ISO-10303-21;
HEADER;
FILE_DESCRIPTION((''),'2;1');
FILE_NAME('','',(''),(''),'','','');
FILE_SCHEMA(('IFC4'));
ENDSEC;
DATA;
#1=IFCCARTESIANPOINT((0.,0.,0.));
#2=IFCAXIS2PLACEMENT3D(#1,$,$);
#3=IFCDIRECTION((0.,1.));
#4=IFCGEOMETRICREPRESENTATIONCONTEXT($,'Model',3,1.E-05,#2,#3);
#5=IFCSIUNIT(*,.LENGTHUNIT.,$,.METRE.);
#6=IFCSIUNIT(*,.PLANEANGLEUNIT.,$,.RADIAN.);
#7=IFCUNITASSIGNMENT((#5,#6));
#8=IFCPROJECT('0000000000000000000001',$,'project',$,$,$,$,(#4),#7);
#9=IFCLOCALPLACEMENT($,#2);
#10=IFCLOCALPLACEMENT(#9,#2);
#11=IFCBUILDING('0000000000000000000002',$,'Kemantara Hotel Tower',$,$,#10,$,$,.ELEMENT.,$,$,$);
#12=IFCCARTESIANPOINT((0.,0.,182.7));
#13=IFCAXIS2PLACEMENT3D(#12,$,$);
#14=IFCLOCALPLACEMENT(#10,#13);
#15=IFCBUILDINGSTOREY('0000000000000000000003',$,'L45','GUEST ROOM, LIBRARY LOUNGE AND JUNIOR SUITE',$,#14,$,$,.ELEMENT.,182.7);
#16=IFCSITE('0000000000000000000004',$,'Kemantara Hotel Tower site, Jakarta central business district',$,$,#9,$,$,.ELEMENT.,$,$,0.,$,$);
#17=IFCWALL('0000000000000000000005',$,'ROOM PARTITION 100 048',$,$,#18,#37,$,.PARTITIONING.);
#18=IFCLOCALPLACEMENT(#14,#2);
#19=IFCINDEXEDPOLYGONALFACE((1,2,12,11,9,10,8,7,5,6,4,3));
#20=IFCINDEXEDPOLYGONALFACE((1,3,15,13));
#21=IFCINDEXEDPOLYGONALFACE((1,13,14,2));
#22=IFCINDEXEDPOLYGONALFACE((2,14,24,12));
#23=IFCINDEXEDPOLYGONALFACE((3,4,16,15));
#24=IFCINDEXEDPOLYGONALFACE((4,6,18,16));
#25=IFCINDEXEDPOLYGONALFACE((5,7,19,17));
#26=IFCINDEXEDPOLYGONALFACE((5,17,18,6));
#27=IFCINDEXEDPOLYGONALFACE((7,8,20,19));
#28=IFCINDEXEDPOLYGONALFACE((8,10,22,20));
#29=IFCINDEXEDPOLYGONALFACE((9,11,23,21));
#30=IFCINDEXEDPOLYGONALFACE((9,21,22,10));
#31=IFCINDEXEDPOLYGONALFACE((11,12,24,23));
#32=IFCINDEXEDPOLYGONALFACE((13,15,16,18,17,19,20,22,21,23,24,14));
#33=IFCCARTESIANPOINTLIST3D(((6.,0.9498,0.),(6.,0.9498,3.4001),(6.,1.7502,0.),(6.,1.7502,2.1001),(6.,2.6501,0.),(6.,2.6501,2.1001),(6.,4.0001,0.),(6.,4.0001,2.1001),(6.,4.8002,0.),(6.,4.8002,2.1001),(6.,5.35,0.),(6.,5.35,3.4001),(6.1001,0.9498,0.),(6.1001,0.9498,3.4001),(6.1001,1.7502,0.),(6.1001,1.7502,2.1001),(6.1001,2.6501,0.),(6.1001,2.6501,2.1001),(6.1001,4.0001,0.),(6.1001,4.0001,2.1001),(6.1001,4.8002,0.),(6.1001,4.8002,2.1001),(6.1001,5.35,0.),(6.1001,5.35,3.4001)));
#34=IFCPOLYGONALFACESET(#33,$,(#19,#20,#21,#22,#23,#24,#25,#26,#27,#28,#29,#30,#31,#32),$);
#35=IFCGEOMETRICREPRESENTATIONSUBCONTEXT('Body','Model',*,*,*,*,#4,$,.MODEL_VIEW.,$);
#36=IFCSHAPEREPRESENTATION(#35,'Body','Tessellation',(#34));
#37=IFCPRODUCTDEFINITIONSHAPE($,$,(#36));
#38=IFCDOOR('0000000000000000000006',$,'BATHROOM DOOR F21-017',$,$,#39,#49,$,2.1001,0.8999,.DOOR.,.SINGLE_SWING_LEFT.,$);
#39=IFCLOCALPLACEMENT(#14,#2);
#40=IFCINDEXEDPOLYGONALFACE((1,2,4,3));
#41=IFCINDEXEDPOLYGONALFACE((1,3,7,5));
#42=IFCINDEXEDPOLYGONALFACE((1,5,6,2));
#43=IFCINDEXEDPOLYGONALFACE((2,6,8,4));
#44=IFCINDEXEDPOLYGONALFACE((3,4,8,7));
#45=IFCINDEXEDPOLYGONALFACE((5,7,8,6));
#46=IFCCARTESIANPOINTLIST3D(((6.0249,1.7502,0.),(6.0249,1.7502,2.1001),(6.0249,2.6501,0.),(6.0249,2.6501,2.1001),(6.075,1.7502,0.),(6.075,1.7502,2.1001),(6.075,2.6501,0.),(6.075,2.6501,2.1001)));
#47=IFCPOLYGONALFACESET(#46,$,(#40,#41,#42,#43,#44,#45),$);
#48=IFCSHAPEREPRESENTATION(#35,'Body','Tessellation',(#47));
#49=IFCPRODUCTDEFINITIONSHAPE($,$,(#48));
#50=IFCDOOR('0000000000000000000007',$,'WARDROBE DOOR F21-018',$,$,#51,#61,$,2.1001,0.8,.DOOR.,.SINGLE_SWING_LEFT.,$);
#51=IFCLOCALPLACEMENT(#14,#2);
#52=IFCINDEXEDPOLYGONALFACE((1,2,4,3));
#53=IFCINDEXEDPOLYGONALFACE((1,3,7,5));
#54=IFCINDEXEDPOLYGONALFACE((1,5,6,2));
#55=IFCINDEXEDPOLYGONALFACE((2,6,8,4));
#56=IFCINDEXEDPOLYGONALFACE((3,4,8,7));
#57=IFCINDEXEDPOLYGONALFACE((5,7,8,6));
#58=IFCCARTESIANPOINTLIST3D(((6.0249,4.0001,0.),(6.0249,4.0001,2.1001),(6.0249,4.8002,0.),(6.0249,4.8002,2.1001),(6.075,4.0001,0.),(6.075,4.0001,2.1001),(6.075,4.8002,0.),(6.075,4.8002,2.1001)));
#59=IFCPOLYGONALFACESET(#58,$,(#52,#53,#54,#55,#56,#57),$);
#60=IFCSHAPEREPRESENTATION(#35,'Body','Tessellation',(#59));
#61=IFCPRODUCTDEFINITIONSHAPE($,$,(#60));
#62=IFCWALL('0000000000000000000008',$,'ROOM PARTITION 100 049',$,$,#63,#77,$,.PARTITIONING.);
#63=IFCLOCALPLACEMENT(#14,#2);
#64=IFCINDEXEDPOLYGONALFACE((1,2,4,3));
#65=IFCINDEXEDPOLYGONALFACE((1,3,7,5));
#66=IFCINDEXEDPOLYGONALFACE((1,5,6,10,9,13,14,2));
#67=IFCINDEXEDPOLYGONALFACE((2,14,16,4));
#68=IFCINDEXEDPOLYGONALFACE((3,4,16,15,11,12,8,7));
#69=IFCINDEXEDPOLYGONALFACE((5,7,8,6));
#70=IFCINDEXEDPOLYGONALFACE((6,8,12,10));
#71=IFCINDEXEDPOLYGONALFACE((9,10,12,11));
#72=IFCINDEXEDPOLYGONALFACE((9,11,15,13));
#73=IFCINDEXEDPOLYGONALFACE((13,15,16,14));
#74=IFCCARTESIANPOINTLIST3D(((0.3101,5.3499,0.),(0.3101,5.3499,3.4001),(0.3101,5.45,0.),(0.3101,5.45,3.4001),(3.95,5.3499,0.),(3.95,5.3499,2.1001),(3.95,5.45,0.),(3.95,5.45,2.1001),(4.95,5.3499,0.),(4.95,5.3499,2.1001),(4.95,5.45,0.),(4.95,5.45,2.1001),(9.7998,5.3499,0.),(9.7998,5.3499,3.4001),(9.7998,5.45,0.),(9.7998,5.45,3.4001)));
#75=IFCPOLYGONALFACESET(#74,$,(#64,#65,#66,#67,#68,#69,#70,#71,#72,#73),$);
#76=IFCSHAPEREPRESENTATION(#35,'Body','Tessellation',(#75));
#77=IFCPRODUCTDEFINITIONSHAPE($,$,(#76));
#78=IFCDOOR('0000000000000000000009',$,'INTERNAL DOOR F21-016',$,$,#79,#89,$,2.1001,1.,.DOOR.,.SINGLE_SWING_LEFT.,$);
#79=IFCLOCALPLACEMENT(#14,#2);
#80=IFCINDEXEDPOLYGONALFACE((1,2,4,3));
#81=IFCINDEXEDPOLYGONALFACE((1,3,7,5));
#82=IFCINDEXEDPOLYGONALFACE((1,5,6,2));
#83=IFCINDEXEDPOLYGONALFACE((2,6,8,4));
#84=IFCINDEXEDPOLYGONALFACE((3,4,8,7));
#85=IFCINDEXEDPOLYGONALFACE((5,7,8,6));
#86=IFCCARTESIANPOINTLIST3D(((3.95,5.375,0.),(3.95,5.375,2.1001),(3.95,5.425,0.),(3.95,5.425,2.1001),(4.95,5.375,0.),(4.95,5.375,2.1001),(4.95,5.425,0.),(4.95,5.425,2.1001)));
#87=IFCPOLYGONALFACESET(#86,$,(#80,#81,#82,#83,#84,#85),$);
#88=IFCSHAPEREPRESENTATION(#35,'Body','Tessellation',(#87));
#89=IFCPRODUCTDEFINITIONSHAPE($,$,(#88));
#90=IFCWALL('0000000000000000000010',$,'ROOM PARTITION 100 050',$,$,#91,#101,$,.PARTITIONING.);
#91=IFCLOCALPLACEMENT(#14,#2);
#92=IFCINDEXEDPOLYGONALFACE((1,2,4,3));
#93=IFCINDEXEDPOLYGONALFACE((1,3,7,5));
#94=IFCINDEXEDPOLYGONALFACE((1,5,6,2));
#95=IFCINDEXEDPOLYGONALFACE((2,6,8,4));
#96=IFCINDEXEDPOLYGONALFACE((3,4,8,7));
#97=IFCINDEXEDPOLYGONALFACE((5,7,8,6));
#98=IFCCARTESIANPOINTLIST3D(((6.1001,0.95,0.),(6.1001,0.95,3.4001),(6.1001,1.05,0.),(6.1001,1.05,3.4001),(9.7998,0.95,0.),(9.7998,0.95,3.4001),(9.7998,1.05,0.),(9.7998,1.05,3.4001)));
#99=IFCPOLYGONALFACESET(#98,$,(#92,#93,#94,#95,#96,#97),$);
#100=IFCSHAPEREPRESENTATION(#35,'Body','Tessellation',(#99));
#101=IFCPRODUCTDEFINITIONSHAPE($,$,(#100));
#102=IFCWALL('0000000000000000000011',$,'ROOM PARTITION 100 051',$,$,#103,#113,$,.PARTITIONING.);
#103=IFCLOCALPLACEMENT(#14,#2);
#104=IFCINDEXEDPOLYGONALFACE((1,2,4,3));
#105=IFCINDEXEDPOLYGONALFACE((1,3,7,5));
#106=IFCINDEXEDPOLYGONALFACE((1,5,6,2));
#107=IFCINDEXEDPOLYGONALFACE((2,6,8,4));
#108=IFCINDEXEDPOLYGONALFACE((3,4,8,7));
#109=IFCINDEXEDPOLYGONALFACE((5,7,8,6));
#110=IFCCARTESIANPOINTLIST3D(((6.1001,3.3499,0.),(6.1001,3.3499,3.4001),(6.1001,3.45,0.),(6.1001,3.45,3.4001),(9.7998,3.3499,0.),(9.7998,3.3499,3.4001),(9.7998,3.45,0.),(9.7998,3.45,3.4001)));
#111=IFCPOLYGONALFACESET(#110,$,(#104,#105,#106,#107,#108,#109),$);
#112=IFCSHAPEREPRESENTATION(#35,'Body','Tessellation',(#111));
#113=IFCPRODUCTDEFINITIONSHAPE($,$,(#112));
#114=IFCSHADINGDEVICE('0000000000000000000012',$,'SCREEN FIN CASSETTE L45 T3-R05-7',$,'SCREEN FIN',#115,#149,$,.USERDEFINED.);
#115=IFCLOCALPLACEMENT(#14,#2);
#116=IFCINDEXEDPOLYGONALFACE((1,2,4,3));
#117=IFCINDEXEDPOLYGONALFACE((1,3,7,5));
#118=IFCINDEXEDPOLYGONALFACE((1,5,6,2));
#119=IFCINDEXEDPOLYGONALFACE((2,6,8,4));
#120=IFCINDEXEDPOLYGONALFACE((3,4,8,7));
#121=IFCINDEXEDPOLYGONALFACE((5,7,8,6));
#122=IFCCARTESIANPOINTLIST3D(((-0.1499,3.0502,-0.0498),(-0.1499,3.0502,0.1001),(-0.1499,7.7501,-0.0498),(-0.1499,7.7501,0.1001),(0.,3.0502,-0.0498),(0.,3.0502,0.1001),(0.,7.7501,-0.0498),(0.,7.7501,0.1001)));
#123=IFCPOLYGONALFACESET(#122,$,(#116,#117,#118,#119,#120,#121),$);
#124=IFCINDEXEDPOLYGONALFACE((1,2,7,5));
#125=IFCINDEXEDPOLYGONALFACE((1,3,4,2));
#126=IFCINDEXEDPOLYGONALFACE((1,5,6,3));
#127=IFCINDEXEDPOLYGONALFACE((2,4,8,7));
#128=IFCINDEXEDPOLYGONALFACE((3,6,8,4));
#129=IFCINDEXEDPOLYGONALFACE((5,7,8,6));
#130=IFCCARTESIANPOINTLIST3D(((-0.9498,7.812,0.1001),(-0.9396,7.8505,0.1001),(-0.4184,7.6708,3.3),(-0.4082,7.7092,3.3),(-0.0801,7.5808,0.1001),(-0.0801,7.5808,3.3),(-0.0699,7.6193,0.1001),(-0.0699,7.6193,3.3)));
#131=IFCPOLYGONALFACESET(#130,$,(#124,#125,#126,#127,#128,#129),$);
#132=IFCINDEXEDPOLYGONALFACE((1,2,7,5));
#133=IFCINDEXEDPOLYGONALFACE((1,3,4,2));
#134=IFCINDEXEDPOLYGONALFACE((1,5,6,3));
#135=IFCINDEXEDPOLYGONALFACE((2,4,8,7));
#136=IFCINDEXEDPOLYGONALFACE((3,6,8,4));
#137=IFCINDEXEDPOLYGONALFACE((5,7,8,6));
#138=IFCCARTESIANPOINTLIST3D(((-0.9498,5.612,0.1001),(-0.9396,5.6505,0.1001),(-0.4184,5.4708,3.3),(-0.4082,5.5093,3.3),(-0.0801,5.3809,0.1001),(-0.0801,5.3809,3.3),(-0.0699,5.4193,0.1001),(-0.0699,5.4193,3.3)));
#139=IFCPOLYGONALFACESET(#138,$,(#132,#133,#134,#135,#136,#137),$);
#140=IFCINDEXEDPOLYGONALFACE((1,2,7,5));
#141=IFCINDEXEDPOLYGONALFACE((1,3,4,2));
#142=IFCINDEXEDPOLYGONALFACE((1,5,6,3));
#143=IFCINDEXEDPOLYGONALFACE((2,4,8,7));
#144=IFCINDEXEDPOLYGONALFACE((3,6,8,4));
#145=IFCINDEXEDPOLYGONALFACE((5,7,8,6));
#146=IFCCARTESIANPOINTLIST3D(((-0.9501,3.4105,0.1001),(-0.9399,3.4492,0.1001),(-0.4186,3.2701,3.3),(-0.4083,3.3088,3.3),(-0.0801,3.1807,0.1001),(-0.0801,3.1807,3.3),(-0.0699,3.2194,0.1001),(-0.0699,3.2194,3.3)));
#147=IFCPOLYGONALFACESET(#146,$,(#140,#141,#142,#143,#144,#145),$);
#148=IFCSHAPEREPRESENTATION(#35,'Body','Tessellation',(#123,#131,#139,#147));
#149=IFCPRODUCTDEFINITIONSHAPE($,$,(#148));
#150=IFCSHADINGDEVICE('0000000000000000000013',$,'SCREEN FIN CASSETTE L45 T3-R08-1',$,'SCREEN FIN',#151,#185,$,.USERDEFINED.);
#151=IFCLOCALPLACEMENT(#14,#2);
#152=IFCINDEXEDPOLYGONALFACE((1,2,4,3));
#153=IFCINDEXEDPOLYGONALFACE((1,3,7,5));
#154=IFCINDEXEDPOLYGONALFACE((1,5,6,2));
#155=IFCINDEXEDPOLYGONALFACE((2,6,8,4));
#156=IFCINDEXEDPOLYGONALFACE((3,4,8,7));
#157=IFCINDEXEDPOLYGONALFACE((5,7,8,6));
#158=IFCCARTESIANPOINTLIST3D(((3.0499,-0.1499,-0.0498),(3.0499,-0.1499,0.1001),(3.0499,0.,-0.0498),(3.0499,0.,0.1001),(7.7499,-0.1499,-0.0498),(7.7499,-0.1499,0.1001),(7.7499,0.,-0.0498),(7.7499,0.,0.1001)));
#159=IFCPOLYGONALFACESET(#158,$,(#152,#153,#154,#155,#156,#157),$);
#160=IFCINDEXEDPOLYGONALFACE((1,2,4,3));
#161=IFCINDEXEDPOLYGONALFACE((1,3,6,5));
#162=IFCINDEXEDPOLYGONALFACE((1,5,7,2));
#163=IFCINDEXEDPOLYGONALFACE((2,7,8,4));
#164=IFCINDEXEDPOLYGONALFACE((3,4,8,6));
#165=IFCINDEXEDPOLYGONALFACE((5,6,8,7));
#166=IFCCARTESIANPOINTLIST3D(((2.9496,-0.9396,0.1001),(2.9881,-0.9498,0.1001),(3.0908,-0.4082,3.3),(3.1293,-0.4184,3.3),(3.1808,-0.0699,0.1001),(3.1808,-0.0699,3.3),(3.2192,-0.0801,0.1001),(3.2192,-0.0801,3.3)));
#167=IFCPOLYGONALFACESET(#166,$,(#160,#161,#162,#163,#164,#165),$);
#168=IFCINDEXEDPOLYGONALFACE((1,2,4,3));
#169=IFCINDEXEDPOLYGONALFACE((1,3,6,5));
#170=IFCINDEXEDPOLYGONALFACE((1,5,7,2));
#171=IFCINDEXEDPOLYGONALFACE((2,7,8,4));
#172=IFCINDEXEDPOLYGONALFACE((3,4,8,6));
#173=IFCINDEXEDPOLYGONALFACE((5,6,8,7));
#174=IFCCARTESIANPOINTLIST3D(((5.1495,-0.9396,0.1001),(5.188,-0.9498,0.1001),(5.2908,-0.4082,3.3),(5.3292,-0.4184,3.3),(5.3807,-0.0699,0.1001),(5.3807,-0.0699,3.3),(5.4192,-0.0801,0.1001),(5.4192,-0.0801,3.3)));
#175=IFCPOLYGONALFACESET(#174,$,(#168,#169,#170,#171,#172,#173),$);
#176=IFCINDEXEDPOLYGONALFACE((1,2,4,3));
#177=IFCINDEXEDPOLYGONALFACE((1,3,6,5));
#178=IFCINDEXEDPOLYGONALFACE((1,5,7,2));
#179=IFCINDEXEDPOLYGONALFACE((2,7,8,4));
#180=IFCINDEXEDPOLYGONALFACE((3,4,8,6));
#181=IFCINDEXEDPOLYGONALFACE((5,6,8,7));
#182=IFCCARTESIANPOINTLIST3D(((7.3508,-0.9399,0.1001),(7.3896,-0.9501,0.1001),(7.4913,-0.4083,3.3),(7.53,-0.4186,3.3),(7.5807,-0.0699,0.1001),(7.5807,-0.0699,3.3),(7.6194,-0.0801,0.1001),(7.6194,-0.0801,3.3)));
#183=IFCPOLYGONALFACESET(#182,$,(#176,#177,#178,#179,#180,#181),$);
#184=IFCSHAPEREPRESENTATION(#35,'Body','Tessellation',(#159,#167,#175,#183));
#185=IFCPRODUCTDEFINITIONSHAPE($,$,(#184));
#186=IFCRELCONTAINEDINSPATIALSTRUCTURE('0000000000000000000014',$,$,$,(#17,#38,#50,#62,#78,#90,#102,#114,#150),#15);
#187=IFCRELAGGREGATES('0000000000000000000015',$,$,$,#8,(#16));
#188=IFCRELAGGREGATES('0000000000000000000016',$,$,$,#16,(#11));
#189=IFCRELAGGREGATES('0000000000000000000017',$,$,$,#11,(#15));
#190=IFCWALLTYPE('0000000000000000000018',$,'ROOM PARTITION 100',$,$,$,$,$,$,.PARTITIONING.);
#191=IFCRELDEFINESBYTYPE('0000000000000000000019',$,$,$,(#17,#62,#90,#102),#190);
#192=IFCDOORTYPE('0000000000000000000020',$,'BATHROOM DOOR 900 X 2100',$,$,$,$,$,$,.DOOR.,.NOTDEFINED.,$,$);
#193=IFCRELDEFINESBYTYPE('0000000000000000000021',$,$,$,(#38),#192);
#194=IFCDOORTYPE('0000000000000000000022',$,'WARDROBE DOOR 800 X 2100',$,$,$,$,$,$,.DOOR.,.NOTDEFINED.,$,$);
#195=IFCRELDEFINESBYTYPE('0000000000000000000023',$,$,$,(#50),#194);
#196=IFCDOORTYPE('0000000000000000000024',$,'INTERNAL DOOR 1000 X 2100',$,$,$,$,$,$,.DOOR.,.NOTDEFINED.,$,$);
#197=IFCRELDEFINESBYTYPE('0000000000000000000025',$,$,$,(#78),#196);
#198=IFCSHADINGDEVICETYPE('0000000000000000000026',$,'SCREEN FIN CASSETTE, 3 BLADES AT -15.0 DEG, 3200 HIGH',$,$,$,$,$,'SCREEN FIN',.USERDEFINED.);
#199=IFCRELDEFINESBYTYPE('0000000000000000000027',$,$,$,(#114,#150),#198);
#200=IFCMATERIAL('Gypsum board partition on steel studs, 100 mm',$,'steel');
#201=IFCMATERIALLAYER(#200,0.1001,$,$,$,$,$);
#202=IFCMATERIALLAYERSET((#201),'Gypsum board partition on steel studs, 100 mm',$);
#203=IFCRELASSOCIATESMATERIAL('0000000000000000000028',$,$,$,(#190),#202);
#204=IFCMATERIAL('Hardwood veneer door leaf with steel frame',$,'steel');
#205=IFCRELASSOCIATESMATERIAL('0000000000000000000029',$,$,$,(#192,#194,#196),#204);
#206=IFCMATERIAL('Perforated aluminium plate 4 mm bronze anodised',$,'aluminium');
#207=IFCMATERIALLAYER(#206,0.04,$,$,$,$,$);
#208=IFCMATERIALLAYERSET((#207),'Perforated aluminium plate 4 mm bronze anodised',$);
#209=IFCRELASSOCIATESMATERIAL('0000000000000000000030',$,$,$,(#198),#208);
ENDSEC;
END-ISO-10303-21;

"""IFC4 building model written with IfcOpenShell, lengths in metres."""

from ifc_helpers import new_model, si_unit, direction, frame, frame_2d, origin, origin_2d, place, context, subcontext, project, spatial, polyline, rectangle, outline, extrude, source, transform, mapped, material, layer, layer_set, type_object, element, fill, save


model = new_model("IFC4")

# Units and contexts
model_context = context("Model", 3, precision=1e-05, world=origin(), true_north=direction((0.0, 1.0)))
body_context = subcontext(model_context, "Body", "Model", "MODEL_VIEW")
ifc_project = project(units=[si_unit("LENGTHUNIT", "METRE"), si_unit("PLANEANGLEUNIT", "RADIAN")], contexts=[model_context])

# Site, building, storey
site_placement = place(None, origin())
site = spatial("IfcSite", under=ifc_project, at=site_placement, Name="Kemantara Hotel Tower site, Jakarta central business district", CompositionType="ELEMENT", RefElevation=0.0)
building_placement = place(site_placement, origin())
building = spatial("IfcBuilding", under=site, at=building_placement, Name="Kemantara Hotel Tower", CompositionType="ELEMENT")
storey_placement = place(building_placement, frame((0.0, 0.0, 182.7)))
storey = spatial("IfcBuildingStorey", under=building, at=storey_placement, Name="L45", Description="GUEST ROOM, LIBRARY LOUNGE AND JUNIOR SUITE", CompositionType="ELEMENT", Elevation=182.7)

# Wall, openings, doors
ifc_material_1 = material(Name="Hardwood veneer door leaf with steel frame", Category="steel")
ifc_material_2 = material(Name="Gypsum board partition on steel studs, 100 mm", Category="steel")
ifc_layer_1 = layer(ifc_material_2, 0.1001)
ifc_layer_set_1 = layer_set([ifc_layer_1], Name="Gypsum board partition on steel studs, 100 mm")
wall_type_1 = type_object("IfcWallType", Name="ROOM PARTITION 100", PredefinedType="PARTITIONING", material=ifc_layer_set_1)
wall_1_placement = place(storey_placement, frame((6.05, 5.3501, 0.0), z_axis=(0.0, 0.0, 1.0), x_axis=(0.0, -1.0, 0.0)))
wall_1 = element("IfcWall", 1, at=wall_1_placement, inside=storey, type_object=wall_type_1, Name="ROOM PARTITION 100 048", PredefinedType="PARTITIONING", context=body_context, shape_type="SweptSolid", body=[
    extrude(rectangle(XDim=4.4001, YDim=0.1001, at=frame_2d((2.2002, 0.0))), origin(), (0.0, 0.0, 1.0), 3.4001),
])
opening_1_placement = place(wall_1_placement, frame((2.7, 0.0, 0.0)))
opening_1 = element("IfcOpeningElement", 2, at=opening_1_placement, cuts=wall_1, PredefinedType="OPENING", context=body_context, shape_type="SweptSolid", body=[
    extrude(rectangle(XDim=0.8999, YDim=2.1001, at=frame_2d((0.45, 1.05))), frame((0.0, 0.0601, 0.0), z_axis=(0.0, -1.0, 0.0), x_axis=(1.0, 0.0, 0.0)), (0.0, 0.0, 1.0), 0.1201),
])
opening_2_placement = place(wall_1_placement, frame((0.55, 0.0, 0.0)))
opening_2 = element("IfcOpeningElement", 3, at=opening_2_placement, cuts=wall_1, PredefinedType="OPENING", context=body_context, shape_type="SweptSolid", body=[
    extrude(rectangle(XDim=0.8, YDim=2.1001, at=frame_2d((0.3999, 1.05))), frame((0.0, 0.0601, 0.0), z_axis=(0.0, -1.0, 0.0), x_axis=(1.0, 0.0, 0.0)), (0.0, 0.0, 1.0), 0.1201),
])
door_type_1 = type_object("IfcDoorType", Name="BATHROOM DOOR 900 X 2100", OperationType="NOTDEFINED", PredefinedType="DOOR", material=ifc_material_1)
door_1_placement = place(opening_1_placement, origin())
door_1 = element("IfcDoor", 4, at=door_1_placement, inside=storey, type_object=door_type_1, Name="BATHROOM DOOR F21-017", OperationType="SINGLE_SWING_LEFT", OverallHeight=2.1001, OverallWidth=0.8999, PredefinedType="DOOR", context=body_context, shape_type="SweptSolid", body=[
    extrude(rectangle(XDim=0.8999, YDim=2.1001, at=frame_2d((0.45, 1.05))), frame((0.0, 0.0249, 0.0), z_axis=(0.0, -1.0, 0.0), x_axis=(1.0, 0.0, 0.0)), (0.0, 0.0, 1.0), 0.05),
])
fill(opening_1, door_1)
door_type_2 = type_object("IfcDoorType", Name="WARDROBE DOOR 800 X 2100", OperationType="NOTDEFINED", PredefinedType="DOOR", material=ifc_material_1)
door_2_placement = place(opening_2_placement, origin())
door_2 = element("IfcDoor", 5, at=door_2_placement, inside=storey, type_object=door_type_2, Name="WARDROBE DOOR F21-018", OperationType="SINGLE_SWING_LEFT", OverallHeight=2.1001, OverallWidth=0.8, PredefinedType="DOOR", context=body_context, shape_type="SweptSolid", body=[
    extrude(rectangle(XDim=0.8, YDim=2.1001, at=frame_2d((0.3999, 1.05))), frame((0.0, 0.0249, 0.0), z_axis=(0.0, -1.0, 0.0), x_axis=(1.0, 0.0, 0.0)), (0.0, 0.0, 1.0), 0.05),
])
fill(opening_2, door_2)

# Wall, opening, door
wall_2_placement = place(storey_placement, frame((9.7998, 5.3999, 0.0), z_axis=(0.0, 0.0, 1.0), x_axis=(-1.0, 0.0, 0.0)))
wall_2 = element("IfcWall", 6, at=wall_2_placement, inside=storey, type_object=wall_type_1, Name="ROOM PARTITION 100 049", PredefinedType="PARTITIONING", context=body_context, shape_type="SweptSolid", body=[
    extrude(rectangle(XDim=9.4897, YDim=0.1001, at=frame_2d((4.7449, 0.0))), origin(), (0.0, 0.0, 1.0), 3.4001),
])
opening_3_placement = place(wall_2_placement, frame((4.8499, 0.0, 0.0)))
opening_3 = element("IfcOpeningElement", 7, at=opening_3_placement, cuts=wall_2, PredefinedType="OPENING", context=body_context, shape_type="SweptSolid", body=[
    extrude(rectangle(XDim=1.0, YDim=2.1001, at=frame_2d((0.5, 1.05))), frame((0.0, 0.0601, 0.0), z_axis=(0.0, -1.0, 0.0), x_axis=(1.0, 0.0, 0.0)), (0.0, 0.0, 1.0), 0.1201),
])
door_type_3 = type_object("IfcDoorType", Name="INTERNAL DOOR 1000 X 2100", OperationType="NOTDEFINED", PredefinedType="DOOR", material=ifc_material_1)
door_3_placement = place(opening_3_placement, origin())
door_3 = element("IfcDoor", 8, at=door_3_placement, inside=storey, type_object=door_type_3, Name="INTERNAL DOOR F21-016", OperationType="SINGLE_SWING_LEFT", OverallHeight=2.1001, OverallWidth=1.0, PredefinedType="DOOR", context=body_context, shape_type="SweptSolid", body=[
    extrude(rectangle(XDim=1.0, YDim=2.1001, at=frame_2d((0.5, 1.05))), frame((0.0, 0.0249, 0.0), z_axis=(0.0, -1.0, 0.0), x_axis=(1.0, 0.0, 0.0)), (0.0, 0.0, 1.0), 0.05),
])
fill(opening_3, door_3)

# Walls
for number, where, z_axis, x_axis, name in (
    (9, (6.1001, 1.0, 0.0), (0.0, 0.0, 1.0), (1.0, 0.0, 0.0), "ROOM PARTITION 100 050"),
    (10, (6.1001, 3.3999, 0.0), (0.0, 0.0, 1.0), (1.0, 0.0, 0.0), "ROOM PARTITION 100 051"),
):
    element("IfcWall", number, at=place(storey_placement, frame(where, z_axis=z_axis, x_axis=x_axis)), inside=storey, type_object=wall_type_1, Name=name, PredefinedType="PARTITIONING", context=body_context, shape_type="SweptSolid", body=[
        extrude(rectangle(XDim=3.6997, YDim=0.1001, at=frame_2d((1.8499, 0.0))), origin(), (0.0, 0.0, 1.0), 3.4001),
    ])

# Shading devices
ifc_material_3 = material(Name="Perforated aluminium plate 4 mm bronze anodised", Category="aluminium")
ifc_layer_2 = layer(ifc_material_3, 0.04)
ifc_layer_set_2 = layer_set([ifc_layer_2], Name="Perforated aluminium plate 4 mm bronze anodised")
shading_device_type_1 = type_object("IfcShadingDeviceType", Name="SCREEN FIN CASSETTE, 3 BLADES AT -15.0 DEG, 3200 HIGH", ElementType="SCREEN FIN", PredefinedType="USERDEFINED", material=ifc_layer_set_2)
shared_shape_1 = source(origin(), body_context, "Body", "SweptSolid", [
    extrude(rectangle(XDim=4.7, YDim=0.1499, at=origin_2d()), frame((2.2, -0.075, -0.1499), z_axis=(0.0, 0.0, 1.0), x_axis=(1.0, 0.0, 0.0)), (0.0, 0.0, 1.0), 0.1499),
    extrude(outline(polyline([(0.0, 0.0), (0.8999, 0.0), (0.3501, 3.2), (0.0, 3.2), (0.0, 0.0)])), frame((0.0193, -0.0801, 0.0), z_axis=(-0.966438, 0.256901, 0.0), x_axis=(-0.256901, -0.966438, 0.0)), (0.0, 0.0, 1.0), 0.0398),
    extrude(outline(polyline([(0.0, 0.0), (0.8999, 0.0), (0.3501, 3.2), (0.0, 3.2), (0.0, 0.0)])), frame((2.2192, -0.0801, 0.0), z_axis=(-0.966438, 0.256901, 0.0), x_axis=(-0.256901, -0.966438, 0.0)), (0.0, 0.0, 1.0), 0.0398),
    extrude(outline(polyline([(0.0, 0.0), (0.8999, 0.0), (0.3501, 3.2), (0.0, 3.2), (0.0, 0.0)])), frame((4.4194, -0.0801, 0.0), z_axis=(-0.966838, 0.255391, 0.0), x_axis=(-0.255391, -0.966838, 0.0)), (0.0, 0.0, 1.0), 0.04),
])
for number, where, z_axis, x_axis, name in (
    (11, (0.0, 7.6001, 0.1001), (0.0, 0.0, 1.0), (0.0, -1.0, 0.0), "SCREEN FIN CASSETTE L45 T3-R05-7"),
    (12, (3.2, 0.0, 0.1001), (0.0, 0.0, 1.0), (1.0, 0.0, 0.0), "SCREEN FIN CASSETTE L45 T3-R08-1"),
):
    element("IfcShadingDevice", number, at=place(storey_placement, frame(where, z_axis=z_axis, x_axis=x_axis)), inside=storey, type_object=shading_device_type_1, Name=name, ObjectType="SCREEN FIN", PredefinedType="USERDEFINED", context=body_context, shape_type="MappedRepresentation", body=[
        mapped(shared_shape_1, transform((0.0, 0.0, 0.0))),
    ])

save(model, "model.ifc")
